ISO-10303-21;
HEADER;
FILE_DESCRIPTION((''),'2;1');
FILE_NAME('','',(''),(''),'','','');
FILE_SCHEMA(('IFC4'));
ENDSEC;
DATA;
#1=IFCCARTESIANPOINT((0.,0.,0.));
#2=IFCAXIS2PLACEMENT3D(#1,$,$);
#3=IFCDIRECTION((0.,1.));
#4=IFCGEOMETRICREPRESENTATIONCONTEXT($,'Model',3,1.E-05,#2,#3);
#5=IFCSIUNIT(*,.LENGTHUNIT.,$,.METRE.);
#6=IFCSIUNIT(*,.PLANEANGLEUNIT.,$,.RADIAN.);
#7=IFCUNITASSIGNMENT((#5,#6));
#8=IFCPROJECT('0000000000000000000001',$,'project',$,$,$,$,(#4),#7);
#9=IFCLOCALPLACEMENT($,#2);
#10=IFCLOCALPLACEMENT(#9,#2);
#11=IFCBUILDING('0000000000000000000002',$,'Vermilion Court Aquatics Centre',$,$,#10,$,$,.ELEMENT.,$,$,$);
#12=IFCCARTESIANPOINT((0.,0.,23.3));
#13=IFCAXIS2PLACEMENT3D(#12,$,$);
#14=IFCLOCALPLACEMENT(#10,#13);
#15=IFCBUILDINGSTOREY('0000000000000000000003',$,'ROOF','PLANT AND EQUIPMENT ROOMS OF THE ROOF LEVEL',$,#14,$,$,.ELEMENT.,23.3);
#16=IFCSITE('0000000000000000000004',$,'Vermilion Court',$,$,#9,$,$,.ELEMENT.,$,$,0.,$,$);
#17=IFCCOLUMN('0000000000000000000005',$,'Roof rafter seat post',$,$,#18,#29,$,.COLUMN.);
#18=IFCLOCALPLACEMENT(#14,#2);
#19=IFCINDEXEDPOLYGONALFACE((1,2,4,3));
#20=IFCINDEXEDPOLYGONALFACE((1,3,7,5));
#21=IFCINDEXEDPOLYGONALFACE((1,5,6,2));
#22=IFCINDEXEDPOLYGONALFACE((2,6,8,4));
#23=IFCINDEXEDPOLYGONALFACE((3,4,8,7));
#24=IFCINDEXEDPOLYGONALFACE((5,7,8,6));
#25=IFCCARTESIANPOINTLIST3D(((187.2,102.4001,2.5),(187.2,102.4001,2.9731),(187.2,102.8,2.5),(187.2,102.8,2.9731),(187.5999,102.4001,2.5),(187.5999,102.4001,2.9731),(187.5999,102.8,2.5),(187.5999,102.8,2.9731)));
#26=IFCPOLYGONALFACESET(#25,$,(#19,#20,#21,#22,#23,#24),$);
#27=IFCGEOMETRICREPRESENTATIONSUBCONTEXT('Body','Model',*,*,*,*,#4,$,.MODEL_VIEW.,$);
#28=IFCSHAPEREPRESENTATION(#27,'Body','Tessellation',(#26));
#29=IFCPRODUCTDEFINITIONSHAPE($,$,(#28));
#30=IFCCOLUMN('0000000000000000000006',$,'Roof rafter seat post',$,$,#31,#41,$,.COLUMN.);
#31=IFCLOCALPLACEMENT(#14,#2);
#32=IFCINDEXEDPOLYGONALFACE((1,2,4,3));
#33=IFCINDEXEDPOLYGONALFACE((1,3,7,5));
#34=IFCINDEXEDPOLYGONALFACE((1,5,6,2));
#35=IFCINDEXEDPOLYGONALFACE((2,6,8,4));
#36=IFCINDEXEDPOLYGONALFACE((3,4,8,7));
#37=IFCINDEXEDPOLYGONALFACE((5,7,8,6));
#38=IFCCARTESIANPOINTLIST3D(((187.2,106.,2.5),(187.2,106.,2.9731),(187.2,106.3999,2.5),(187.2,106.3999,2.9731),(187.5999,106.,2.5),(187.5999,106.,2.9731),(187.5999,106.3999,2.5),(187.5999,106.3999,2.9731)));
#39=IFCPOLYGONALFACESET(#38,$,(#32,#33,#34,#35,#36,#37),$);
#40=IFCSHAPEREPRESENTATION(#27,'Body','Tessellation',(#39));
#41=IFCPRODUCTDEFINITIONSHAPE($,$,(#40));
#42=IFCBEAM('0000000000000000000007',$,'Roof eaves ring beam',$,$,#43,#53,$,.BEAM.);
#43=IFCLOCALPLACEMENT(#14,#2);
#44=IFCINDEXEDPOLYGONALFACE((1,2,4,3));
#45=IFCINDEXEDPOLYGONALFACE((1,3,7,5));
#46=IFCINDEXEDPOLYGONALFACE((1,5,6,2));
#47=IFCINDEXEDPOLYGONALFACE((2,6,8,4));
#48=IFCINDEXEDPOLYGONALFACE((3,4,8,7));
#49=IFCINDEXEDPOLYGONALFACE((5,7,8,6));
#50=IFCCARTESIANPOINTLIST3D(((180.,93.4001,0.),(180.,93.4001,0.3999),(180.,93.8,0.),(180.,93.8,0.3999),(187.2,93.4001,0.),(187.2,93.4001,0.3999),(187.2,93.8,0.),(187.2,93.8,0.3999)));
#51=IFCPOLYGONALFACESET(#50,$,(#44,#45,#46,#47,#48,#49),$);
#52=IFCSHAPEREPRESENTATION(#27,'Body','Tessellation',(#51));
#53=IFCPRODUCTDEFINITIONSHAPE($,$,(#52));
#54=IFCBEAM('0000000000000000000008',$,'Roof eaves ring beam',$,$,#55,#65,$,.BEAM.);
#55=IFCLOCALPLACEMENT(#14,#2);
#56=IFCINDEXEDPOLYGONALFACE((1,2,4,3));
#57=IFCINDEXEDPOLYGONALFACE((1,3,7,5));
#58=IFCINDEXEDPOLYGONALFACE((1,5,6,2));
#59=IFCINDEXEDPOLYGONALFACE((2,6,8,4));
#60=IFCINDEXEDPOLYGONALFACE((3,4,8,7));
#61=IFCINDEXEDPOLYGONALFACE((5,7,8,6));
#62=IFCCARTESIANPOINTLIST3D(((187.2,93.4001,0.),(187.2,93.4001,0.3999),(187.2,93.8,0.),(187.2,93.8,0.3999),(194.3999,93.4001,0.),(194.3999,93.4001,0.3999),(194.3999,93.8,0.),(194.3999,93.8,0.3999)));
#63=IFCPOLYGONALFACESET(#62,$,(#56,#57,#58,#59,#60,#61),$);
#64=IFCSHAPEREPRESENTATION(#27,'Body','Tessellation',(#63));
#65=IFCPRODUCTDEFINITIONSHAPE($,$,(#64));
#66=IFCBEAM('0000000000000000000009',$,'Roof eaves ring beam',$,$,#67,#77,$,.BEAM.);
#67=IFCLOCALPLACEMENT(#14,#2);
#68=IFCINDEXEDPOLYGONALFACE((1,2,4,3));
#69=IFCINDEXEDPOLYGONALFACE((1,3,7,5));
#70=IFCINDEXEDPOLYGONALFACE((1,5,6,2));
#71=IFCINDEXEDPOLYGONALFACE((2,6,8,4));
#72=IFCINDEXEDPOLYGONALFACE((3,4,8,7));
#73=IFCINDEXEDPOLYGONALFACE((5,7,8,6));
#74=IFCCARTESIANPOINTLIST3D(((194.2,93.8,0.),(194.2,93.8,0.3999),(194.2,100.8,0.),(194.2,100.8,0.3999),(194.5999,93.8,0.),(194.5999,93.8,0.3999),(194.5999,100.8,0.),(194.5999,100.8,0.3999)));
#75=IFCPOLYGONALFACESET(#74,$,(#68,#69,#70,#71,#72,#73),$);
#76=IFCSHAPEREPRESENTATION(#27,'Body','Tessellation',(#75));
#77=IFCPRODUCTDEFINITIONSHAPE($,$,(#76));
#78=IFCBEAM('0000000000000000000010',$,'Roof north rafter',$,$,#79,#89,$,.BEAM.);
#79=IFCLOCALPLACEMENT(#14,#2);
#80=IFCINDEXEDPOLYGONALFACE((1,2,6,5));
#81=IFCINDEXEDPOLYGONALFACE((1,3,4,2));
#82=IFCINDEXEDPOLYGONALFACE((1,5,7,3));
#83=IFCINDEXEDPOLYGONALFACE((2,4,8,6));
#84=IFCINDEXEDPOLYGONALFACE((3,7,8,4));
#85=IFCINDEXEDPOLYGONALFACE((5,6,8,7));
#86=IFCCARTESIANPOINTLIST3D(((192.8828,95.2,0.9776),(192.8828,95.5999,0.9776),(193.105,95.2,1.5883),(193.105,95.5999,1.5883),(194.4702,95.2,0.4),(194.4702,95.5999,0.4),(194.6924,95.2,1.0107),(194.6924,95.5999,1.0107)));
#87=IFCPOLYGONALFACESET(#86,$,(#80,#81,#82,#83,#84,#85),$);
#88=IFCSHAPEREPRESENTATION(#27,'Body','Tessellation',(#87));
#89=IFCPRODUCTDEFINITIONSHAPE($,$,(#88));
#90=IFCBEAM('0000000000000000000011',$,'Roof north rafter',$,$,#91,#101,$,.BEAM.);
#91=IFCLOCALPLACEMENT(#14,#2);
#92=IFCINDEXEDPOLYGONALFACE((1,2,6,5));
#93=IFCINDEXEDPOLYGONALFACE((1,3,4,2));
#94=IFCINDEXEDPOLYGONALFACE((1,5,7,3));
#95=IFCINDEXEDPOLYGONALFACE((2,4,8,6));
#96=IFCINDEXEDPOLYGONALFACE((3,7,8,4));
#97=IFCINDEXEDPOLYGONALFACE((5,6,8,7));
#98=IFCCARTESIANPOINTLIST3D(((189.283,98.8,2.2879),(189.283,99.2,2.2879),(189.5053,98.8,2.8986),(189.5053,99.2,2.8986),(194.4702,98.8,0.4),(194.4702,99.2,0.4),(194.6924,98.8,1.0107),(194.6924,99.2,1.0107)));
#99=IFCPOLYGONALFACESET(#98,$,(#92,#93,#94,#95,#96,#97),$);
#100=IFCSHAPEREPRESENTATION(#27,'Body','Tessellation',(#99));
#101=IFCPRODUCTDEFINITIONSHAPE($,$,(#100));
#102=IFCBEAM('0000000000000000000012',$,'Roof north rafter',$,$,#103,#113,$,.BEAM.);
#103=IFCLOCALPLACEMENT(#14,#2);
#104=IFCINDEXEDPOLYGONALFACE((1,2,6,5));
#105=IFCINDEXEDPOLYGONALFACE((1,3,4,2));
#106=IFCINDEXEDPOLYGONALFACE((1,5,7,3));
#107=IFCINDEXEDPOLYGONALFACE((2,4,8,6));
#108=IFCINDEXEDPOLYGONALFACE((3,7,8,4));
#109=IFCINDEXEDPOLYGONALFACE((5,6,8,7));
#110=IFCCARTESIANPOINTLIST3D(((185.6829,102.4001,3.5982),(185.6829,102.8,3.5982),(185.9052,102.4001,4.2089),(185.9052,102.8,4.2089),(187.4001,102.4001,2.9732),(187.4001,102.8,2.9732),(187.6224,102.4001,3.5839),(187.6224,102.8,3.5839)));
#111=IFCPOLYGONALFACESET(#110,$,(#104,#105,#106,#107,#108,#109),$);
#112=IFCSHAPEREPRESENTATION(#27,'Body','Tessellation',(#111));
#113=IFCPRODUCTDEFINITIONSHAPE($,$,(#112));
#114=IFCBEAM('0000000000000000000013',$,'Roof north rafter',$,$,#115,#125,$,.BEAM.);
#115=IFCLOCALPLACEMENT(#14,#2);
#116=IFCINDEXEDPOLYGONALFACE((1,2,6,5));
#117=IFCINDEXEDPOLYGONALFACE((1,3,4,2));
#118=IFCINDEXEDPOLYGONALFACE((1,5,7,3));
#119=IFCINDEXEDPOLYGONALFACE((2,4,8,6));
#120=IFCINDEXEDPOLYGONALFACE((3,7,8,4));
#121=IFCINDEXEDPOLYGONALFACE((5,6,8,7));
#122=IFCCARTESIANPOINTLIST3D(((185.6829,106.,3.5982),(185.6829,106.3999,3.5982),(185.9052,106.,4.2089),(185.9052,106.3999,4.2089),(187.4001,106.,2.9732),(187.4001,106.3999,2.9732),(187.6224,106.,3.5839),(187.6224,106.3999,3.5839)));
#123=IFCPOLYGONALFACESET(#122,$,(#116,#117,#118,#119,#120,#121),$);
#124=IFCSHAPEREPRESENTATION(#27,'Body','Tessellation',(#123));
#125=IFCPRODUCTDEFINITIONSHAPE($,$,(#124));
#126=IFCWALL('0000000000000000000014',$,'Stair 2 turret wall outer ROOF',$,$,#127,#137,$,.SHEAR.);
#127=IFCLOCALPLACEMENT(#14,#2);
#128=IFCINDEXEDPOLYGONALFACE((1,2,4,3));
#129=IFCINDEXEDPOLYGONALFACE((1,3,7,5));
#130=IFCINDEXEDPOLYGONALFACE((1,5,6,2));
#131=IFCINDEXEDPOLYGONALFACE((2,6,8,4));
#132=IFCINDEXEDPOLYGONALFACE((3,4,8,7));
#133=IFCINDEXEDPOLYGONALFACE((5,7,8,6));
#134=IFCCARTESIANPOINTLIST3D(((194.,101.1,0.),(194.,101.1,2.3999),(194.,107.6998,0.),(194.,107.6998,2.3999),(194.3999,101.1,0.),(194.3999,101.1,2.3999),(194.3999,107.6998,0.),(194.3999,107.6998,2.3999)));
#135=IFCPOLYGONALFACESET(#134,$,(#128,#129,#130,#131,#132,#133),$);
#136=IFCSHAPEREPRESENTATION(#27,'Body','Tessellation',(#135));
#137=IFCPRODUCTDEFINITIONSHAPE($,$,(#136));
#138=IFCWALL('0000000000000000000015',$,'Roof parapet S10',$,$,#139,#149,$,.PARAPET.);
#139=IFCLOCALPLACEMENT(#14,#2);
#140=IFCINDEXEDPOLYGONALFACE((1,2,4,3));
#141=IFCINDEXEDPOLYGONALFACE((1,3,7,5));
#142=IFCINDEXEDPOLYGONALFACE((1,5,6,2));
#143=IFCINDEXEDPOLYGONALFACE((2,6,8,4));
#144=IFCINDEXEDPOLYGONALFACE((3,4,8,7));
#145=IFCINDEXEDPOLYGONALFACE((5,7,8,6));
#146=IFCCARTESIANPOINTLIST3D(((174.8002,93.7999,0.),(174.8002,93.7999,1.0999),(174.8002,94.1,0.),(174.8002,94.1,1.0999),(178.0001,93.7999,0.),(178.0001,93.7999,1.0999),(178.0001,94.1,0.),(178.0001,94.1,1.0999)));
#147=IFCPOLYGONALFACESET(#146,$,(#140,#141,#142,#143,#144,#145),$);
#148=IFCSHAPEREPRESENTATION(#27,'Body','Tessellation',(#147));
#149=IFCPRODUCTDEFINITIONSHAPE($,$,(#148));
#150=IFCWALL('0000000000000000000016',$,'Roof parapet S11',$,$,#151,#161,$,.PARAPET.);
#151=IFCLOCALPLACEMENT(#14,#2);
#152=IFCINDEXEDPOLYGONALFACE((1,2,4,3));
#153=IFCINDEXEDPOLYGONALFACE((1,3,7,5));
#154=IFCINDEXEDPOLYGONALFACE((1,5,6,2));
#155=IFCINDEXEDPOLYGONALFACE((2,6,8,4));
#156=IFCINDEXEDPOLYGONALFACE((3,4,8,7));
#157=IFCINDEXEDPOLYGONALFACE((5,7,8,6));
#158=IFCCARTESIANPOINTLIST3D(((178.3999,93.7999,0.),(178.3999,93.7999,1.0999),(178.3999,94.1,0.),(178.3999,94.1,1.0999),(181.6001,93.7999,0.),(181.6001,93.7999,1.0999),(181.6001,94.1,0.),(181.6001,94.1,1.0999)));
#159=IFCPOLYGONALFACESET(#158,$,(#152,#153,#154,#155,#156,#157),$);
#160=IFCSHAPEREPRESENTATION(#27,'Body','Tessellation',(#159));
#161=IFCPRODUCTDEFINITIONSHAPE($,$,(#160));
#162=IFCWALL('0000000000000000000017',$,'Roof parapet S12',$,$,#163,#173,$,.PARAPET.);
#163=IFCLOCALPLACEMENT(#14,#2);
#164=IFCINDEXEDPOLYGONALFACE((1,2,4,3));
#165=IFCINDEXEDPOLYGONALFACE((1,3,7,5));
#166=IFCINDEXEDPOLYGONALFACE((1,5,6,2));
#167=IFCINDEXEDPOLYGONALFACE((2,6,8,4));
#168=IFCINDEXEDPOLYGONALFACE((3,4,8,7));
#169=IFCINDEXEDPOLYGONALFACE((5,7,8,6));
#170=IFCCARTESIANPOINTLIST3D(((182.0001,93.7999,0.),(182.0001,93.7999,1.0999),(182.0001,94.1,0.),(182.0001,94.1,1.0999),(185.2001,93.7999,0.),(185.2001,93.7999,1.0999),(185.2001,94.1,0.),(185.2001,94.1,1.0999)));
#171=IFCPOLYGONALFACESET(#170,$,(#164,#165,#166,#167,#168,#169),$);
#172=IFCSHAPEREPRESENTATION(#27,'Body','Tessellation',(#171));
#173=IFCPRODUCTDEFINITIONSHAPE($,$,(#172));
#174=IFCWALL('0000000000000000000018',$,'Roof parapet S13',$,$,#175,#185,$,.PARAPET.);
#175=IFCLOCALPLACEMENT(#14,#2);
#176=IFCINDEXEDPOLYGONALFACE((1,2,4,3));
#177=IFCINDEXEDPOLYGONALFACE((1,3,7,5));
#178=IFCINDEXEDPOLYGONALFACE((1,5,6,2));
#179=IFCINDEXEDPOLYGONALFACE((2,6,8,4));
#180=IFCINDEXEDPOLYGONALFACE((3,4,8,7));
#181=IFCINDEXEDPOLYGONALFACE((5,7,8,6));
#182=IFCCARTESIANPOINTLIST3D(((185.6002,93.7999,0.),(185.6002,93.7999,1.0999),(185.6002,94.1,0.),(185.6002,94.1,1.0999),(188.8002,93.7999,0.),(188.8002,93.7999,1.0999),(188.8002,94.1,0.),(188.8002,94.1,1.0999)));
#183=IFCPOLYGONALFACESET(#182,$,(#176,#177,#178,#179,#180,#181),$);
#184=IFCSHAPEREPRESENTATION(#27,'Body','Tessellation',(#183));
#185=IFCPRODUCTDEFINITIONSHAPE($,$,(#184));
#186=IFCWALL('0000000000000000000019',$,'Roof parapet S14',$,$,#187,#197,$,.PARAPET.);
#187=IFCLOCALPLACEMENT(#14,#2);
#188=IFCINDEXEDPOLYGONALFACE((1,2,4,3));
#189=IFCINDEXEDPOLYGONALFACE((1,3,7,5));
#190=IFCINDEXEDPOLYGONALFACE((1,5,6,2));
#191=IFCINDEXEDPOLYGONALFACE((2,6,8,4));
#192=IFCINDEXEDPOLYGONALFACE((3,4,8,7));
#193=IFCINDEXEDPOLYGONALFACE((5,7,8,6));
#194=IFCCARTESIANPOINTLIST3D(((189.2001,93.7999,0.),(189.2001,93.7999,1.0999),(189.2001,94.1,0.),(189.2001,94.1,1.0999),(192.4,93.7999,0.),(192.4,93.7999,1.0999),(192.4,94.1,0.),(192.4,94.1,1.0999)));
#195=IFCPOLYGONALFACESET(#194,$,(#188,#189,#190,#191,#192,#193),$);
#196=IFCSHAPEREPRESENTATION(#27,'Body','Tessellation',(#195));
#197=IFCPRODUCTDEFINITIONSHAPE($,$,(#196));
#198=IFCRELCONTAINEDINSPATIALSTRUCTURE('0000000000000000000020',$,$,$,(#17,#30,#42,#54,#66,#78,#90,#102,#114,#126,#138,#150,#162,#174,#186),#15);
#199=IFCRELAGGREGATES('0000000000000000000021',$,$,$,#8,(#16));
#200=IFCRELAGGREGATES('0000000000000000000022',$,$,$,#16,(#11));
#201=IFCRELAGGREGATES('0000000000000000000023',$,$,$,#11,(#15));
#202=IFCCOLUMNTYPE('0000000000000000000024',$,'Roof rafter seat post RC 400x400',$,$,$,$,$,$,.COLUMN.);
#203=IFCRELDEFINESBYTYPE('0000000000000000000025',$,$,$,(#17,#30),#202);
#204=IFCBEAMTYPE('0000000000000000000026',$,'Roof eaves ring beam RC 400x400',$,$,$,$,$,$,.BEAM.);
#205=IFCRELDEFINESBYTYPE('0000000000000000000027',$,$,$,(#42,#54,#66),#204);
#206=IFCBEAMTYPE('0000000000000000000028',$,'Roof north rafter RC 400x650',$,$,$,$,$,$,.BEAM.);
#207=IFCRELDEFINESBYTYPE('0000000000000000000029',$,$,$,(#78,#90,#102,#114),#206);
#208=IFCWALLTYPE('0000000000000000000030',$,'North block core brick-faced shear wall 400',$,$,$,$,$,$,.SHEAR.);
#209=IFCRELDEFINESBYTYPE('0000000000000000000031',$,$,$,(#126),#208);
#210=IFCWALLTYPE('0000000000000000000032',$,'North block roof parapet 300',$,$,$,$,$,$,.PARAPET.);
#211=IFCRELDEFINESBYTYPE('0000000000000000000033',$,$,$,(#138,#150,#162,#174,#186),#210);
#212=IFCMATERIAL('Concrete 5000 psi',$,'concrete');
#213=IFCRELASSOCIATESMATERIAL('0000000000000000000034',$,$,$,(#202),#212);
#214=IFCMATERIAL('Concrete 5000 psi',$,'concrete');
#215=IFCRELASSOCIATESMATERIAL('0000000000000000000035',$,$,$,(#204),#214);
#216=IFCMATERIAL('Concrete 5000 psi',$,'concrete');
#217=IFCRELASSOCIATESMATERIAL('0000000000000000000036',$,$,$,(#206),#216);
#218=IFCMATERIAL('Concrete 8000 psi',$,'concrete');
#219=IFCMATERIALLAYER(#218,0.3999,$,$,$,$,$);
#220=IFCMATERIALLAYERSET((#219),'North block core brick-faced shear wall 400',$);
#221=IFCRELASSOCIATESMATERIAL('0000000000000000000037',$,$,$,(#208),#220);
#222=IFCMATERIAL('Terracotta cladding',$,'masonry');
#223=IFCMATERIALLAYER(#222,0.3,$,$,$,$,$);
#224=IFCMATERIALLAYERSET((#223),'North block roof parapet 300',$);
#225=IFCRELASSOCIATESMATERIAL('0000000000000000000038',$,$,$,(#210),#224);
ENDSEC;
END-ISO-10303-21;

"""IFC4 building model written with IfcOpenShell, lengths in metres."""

from ifc_helpers import new_model, si_unit, direction, frame, frame_2d, origin, origin_2d, place, context, subcontext, project, spatial, rectangle, extrude, material, layer, layer_set, material_profile, profile_set, type_object, element, save


model = new_model("IFC4")

# Units and contexts
model_context = context("Model", 3, precision=1e-05, world=origin(), true_north=direction((0.0, 1.0)))
body_context = subcontext(model_context, "Body", "Model", "MODEL_VIEW")
ifc_project = project(units=[si_unit("LENGTHUNIT", "METRE"), si_unit("PLANEANGLEUNIT", "RADIAN")], contexts=[model_context])

# Site, building, storey
site_placement = place(None, origin())
site = spatial("IfcSite", under=ifc_project, at=site_placement, Name="Vermilion Court", CompositionType="ELEMENT", RefElevation=0.0)
building_placement = place(site_placement, origin())
building = spatial("IfcBuilding", under=site, at=building_placement, Name="Vermilion Court Aquatics Centre", CompositionType="ELEMENT")
storey_placement = place(building_placement, frame((0.0, 0.0, 23.3)))
storey = spatial("IfcBuildingStorey", under=building, at=storey_placement, Name="ROOF", Description="PLANT AND EQUIPMENT ROOMS OF THE ROOF LEVEL", CompositionType="ELEMENT", Elevation=23.3)

# Columns
ifc_material_1 = material(Name="Concrete 5000 psi", Category="concrete")
ifc_material_profile_1 = material_profile(ifc_material_1, rectangle(XDim=0.3999, YDim=0.3999, at=origin_2d()), Name="RC 400x400")
ifc_profile_set_1 = profile_set([ifc_material_profile_1], Name="Concrete 5000 psi")
column_type = type_object("IfcColumnType", Name="Roof rafter seat post RC 400x400", PredefinedType="COLUMN", material=ifc_profile_set_1)
for number, where, z_axis, x_axis, name in (
    (1, (187.3999, 102.6001, 2.5), (0.0, 0.0, 1.0), (1.0, 0.0, 0.0), "Roof rafter seat post"),
    (2, (187.3999, 106.2, 2.5), (0.0, 0.0, 1.0), (1.0, 0.0, 0.0), "Roof rafter seat post"),
):
    element("IfcColumn", number, at=place(storey_placement, frame(where, z_axis=z_axis, x_axis=x_axis)), inside=storey, type_object=column_type, Name=name, PredefinedType="COLUMN", context=body_context, shape_type="SweptSolid", body=[
        extrude(rectangle(XDim=0.3999, YDim=0.3999, at=origin_2d()), origin(), (0.0, 0.0, 1.0), 0.4731),
    ])

# Beams
ifc_material_2 = material(Name="Concrete 5000 psi", Category="concrete")
ifc_material_profile_2 = material_profile(ifc_material_2, rectangle(XDim=0.3999, YDim=0.3999, at=origin_2d()), Name="RC 400x400")
ifc_profile_set_2 = profile_set([ifc_material_profile_2], Name="Concrete 5000 psi")
beam_type_1 = type_object("IfcBeamType", Name="Roof eaves ring beam RC 400x400", PredefinedType="BEAM", material=ifc_profile_set_2)
for number, where, z_axis, x_axis, name in (
    (3, (180.0, 93.6001, 0.2), (1.0, 0.0, 0.0), (0.0, 1.0, 0.0), "Roof eaves ring beam"),
    (4, (187.2, 93.6001, 0.2), (1.0, 0.0, 0.0), (0.0, 1.0, 0.0), "Roof eaves ring beam"),
):
    element("IfcBeam", number, at=place(storey_placement, frame(where, z_axis=z_axis, x_axis=x_axis)), inside=storey, type_object=beam_type_1, Name=name, PredefinedType="BEAM", context=body_context, shape_type="SweptSolid", body=[
        extrude(rectangle(XDim=0.3999, YDim=0.3999, at=origin_2d()), origin(), (0.0, 0.0, 1.0), 7.2),
    ])
beam_1_placement = place(storey_placement, frame((194.3999, 93.8, 0.2), z_axis=(0.0, 1.0, 0.0), x_axis=(-1.0, 0.0, 0.0)))
element("IfcBeam", 5, at=beam_1_placement, inside=storey, type_object=beam_type_1, Name="Roof eaves ring beam", PredefinedType="BEAM", context=body_context, shape_type="SweptSolid", body=[
    extrude(rectangle(XDim=0.3999, YDim=0.3999, at=origin_2d()), origin(), (0.0, 0.0, 1.0), 7.0),
])
ifc_material_3 = material(Name="Concrete 5000 psi", Category="concrete")
ifc_material_profile_3 = material_profile(ifc_material_3, rectangle(XDim=0.3999, YDim=0.6499, at=origin_2d()), Name="RC 400x650")
ifc_profile_set_3 = profile_set([ifc_material_profile_3], Name="Concrete 5000 psi")
beam_type_2 = type_object("IfcBeamType", Name="Roof north rafter RC 400x650", PredefinedType="BEAM", material=ifc_profile_set_3)
beam_2_placement = place(storey_placement, frame((194.5813, 95.3999, 0.7053), z_axis=(-0.939717, 0.0, 0.341952), x_axis=(0.0, -1.0, 0.0)))
element("IfcBeam", 6, at=beam_2_placement, inside=storey, type_object=beam_type_2, Name="Roof north rafter", PredefinedType="BEAM", context=body_context, shape_type="SweptSolid", body=[
    extrude(rectangle(XDim=0.3999, YDim=0.6499, at=origin_2d()), origin(), (0.0, 0.0, 1.0), 1.6892),
])
beam_3_placement = place(storey_placement, frame((194.5813, 99.0, 0.7053), z_axis=(-0.939697, 0.0, 0.342009), x_axis=(0.0, -1.0, 0.0)))
element("IfcBeam", 7, at=beam_3_placement, inside=storey, type_object=beam_type_2, Name="Roof north rafter", PredefinedType="BEAM", context=body_context, shape_type="SweptSolid", body=[
    extrude(rectangle(XDim=0.3999, YDim=0.6499, at=origin_2d()), origin(), (0.0, 0.0, 1.0), 5.52),
])
for number, where, z_axis, x_axis, name in (
    (8, (187.5112, 102.6001, 3.2786), (-0.9397, 0.0, 0.342), (0.0, -1.0, 0.0), "Roof north rafter"),
    (9, (187.5112, 106.2, 3.2786), (-0.9397, 0.0, 0.342), (0.0, -1.0, 0.0), "Roof north rafter"),
):
    element("IfcBeam", number, at=place(storey_placement, frame(where, z_axis=z_axis, x_axis=x_axis)), inside=storey, type_object=beam_type_2, Name=name, PredefinedType="BEAM", context=body_context, shape_type="SweptSolid", body=[
        extrude(rectangle(XDim=0.3999, YDim=0.6499, at=origin_2d()), origin(), (0.0, 0.0, 1.0), 1.8274),
    ])

# Walls
ifc_material_4 = material(Name="Concrete 8000 psi", Category="concrete")
ifc_layer_1 = layer(ifc_material_4, 0.3999)
ifc_layer_set_1 = layer_set([ifc_layer_1], Name="North block core brick-faced shear wall 400")
wall_type_1 = type_object("IfcWallType", Name="North block core brick-faced shear wall 400", PredefinedType="SHEAR", material=ifc_layer_set_1)
wall_1_placement = place(storey_placement, frame((194.2, 101.1001, 0.0), z_axis=(0.0, 0.0, 1.0), x_axis=(0.0, 1.0, 0.0)))
element("IfcWall", 10, at=wall_1_placement, inside=storey, type_object=wall_type_1, Name="Stair 2 turret wall outer ROOF", PredefinedType="SHEAR", context=body_context, shape_type="SweptSolid", body=[
    extrude(rectangle(XDim=6.5999, YDim=0.3999, at=frame_2d((3.2998, 0.0))), origin(), (0.0, 0.0, 1.0), 2.3999),
])
ifc_material_5 = material(Name="Terracotta cladding", Category="masonry")
ifc_layer_2 = layer(ifc_material_5, 0.3)
ifc_layer_set_2 = layer_set([ifc_layer_2], Name="North block roof parapet 300")
wall_type_2 = type_object("IfcWallType", Name="North block roof parapet 300", PredefinedType="PARAPET", material=ifc_layer_set_2)
wall_2_placement = place(storey_placement, frame((174.8, 93.95, 0.0), z_axis=(0.0, 0.0, 1.0), x_axis=(1.0, 0.0, 0.0)))
element("IfcWall", 11, at=wall_2_placement, inside=storey, type_object=wall_type_2, Name="Roof parapet S10", PredefinedType="PARAPET", context=body_context, shape_type="SweptSolid", body=[
    extrude(rectangle(XDim=3.2, YDim=0.3, at=frame_2d((1.6001, 0.0))), origin(), (0.0, 0.0, 1.0), 1.0999),
])
wall_3_placement = place(storey_placement, frame((178.3999, 93.95, 0.0), z_axis=(0.0, 0.0, 1.0), x_axis=(1.0, 0.0, 0.0)))
element("IfcWall", 12, at=wall_3_placement, inside=storey, type_object=wall_type_2, Name="Roof parapet S11", PredefinedType="PARAPET", context=body_context, shape_type="SweptSolid", body=[
    extrude(rectangle(XDim=3.2002, YDim=0.3, at=frame_2d((1.6001, 0.0))), origin(), (0.0, 0.0, 1.0), 1.0999),
])
for number, where, z_axis, x_axis, name in (
    (13, (182.0, 93.95, 0.0), (0.0, 0.0, 1.0), (1.0, 0.0, 0.0), "Roof parapet S12"),
    (14, (185.6001, 93.95, 0.0), (0.0, 0.0, 1.0), (1.0, 0.0, 0.0), "Roof parapet S13"),
    (15, (189.2, 93.95, 0.0), (0.0, 0.0, 1.0), (1.0, 0.0, 0.0), "Roof parapet S14"),
):
    element("IfcWall", number, at=place(storey_placement, frame(where, z_axis=z_axis, x_axis=x_axis)), inside=storey, type_object=wall_type_2, Name=name, PredefinedType="PARAPET", context=body_context, shape_type="SweptSolid", body=[
        extrude(rectangle(XDim=3.2, YDim=0.3, at=frame_2d((1.6001, 0.0))), origin(), (0.0, 0.0, 1.0), 1.0999),
    ])

save(model, "model.ifc")
